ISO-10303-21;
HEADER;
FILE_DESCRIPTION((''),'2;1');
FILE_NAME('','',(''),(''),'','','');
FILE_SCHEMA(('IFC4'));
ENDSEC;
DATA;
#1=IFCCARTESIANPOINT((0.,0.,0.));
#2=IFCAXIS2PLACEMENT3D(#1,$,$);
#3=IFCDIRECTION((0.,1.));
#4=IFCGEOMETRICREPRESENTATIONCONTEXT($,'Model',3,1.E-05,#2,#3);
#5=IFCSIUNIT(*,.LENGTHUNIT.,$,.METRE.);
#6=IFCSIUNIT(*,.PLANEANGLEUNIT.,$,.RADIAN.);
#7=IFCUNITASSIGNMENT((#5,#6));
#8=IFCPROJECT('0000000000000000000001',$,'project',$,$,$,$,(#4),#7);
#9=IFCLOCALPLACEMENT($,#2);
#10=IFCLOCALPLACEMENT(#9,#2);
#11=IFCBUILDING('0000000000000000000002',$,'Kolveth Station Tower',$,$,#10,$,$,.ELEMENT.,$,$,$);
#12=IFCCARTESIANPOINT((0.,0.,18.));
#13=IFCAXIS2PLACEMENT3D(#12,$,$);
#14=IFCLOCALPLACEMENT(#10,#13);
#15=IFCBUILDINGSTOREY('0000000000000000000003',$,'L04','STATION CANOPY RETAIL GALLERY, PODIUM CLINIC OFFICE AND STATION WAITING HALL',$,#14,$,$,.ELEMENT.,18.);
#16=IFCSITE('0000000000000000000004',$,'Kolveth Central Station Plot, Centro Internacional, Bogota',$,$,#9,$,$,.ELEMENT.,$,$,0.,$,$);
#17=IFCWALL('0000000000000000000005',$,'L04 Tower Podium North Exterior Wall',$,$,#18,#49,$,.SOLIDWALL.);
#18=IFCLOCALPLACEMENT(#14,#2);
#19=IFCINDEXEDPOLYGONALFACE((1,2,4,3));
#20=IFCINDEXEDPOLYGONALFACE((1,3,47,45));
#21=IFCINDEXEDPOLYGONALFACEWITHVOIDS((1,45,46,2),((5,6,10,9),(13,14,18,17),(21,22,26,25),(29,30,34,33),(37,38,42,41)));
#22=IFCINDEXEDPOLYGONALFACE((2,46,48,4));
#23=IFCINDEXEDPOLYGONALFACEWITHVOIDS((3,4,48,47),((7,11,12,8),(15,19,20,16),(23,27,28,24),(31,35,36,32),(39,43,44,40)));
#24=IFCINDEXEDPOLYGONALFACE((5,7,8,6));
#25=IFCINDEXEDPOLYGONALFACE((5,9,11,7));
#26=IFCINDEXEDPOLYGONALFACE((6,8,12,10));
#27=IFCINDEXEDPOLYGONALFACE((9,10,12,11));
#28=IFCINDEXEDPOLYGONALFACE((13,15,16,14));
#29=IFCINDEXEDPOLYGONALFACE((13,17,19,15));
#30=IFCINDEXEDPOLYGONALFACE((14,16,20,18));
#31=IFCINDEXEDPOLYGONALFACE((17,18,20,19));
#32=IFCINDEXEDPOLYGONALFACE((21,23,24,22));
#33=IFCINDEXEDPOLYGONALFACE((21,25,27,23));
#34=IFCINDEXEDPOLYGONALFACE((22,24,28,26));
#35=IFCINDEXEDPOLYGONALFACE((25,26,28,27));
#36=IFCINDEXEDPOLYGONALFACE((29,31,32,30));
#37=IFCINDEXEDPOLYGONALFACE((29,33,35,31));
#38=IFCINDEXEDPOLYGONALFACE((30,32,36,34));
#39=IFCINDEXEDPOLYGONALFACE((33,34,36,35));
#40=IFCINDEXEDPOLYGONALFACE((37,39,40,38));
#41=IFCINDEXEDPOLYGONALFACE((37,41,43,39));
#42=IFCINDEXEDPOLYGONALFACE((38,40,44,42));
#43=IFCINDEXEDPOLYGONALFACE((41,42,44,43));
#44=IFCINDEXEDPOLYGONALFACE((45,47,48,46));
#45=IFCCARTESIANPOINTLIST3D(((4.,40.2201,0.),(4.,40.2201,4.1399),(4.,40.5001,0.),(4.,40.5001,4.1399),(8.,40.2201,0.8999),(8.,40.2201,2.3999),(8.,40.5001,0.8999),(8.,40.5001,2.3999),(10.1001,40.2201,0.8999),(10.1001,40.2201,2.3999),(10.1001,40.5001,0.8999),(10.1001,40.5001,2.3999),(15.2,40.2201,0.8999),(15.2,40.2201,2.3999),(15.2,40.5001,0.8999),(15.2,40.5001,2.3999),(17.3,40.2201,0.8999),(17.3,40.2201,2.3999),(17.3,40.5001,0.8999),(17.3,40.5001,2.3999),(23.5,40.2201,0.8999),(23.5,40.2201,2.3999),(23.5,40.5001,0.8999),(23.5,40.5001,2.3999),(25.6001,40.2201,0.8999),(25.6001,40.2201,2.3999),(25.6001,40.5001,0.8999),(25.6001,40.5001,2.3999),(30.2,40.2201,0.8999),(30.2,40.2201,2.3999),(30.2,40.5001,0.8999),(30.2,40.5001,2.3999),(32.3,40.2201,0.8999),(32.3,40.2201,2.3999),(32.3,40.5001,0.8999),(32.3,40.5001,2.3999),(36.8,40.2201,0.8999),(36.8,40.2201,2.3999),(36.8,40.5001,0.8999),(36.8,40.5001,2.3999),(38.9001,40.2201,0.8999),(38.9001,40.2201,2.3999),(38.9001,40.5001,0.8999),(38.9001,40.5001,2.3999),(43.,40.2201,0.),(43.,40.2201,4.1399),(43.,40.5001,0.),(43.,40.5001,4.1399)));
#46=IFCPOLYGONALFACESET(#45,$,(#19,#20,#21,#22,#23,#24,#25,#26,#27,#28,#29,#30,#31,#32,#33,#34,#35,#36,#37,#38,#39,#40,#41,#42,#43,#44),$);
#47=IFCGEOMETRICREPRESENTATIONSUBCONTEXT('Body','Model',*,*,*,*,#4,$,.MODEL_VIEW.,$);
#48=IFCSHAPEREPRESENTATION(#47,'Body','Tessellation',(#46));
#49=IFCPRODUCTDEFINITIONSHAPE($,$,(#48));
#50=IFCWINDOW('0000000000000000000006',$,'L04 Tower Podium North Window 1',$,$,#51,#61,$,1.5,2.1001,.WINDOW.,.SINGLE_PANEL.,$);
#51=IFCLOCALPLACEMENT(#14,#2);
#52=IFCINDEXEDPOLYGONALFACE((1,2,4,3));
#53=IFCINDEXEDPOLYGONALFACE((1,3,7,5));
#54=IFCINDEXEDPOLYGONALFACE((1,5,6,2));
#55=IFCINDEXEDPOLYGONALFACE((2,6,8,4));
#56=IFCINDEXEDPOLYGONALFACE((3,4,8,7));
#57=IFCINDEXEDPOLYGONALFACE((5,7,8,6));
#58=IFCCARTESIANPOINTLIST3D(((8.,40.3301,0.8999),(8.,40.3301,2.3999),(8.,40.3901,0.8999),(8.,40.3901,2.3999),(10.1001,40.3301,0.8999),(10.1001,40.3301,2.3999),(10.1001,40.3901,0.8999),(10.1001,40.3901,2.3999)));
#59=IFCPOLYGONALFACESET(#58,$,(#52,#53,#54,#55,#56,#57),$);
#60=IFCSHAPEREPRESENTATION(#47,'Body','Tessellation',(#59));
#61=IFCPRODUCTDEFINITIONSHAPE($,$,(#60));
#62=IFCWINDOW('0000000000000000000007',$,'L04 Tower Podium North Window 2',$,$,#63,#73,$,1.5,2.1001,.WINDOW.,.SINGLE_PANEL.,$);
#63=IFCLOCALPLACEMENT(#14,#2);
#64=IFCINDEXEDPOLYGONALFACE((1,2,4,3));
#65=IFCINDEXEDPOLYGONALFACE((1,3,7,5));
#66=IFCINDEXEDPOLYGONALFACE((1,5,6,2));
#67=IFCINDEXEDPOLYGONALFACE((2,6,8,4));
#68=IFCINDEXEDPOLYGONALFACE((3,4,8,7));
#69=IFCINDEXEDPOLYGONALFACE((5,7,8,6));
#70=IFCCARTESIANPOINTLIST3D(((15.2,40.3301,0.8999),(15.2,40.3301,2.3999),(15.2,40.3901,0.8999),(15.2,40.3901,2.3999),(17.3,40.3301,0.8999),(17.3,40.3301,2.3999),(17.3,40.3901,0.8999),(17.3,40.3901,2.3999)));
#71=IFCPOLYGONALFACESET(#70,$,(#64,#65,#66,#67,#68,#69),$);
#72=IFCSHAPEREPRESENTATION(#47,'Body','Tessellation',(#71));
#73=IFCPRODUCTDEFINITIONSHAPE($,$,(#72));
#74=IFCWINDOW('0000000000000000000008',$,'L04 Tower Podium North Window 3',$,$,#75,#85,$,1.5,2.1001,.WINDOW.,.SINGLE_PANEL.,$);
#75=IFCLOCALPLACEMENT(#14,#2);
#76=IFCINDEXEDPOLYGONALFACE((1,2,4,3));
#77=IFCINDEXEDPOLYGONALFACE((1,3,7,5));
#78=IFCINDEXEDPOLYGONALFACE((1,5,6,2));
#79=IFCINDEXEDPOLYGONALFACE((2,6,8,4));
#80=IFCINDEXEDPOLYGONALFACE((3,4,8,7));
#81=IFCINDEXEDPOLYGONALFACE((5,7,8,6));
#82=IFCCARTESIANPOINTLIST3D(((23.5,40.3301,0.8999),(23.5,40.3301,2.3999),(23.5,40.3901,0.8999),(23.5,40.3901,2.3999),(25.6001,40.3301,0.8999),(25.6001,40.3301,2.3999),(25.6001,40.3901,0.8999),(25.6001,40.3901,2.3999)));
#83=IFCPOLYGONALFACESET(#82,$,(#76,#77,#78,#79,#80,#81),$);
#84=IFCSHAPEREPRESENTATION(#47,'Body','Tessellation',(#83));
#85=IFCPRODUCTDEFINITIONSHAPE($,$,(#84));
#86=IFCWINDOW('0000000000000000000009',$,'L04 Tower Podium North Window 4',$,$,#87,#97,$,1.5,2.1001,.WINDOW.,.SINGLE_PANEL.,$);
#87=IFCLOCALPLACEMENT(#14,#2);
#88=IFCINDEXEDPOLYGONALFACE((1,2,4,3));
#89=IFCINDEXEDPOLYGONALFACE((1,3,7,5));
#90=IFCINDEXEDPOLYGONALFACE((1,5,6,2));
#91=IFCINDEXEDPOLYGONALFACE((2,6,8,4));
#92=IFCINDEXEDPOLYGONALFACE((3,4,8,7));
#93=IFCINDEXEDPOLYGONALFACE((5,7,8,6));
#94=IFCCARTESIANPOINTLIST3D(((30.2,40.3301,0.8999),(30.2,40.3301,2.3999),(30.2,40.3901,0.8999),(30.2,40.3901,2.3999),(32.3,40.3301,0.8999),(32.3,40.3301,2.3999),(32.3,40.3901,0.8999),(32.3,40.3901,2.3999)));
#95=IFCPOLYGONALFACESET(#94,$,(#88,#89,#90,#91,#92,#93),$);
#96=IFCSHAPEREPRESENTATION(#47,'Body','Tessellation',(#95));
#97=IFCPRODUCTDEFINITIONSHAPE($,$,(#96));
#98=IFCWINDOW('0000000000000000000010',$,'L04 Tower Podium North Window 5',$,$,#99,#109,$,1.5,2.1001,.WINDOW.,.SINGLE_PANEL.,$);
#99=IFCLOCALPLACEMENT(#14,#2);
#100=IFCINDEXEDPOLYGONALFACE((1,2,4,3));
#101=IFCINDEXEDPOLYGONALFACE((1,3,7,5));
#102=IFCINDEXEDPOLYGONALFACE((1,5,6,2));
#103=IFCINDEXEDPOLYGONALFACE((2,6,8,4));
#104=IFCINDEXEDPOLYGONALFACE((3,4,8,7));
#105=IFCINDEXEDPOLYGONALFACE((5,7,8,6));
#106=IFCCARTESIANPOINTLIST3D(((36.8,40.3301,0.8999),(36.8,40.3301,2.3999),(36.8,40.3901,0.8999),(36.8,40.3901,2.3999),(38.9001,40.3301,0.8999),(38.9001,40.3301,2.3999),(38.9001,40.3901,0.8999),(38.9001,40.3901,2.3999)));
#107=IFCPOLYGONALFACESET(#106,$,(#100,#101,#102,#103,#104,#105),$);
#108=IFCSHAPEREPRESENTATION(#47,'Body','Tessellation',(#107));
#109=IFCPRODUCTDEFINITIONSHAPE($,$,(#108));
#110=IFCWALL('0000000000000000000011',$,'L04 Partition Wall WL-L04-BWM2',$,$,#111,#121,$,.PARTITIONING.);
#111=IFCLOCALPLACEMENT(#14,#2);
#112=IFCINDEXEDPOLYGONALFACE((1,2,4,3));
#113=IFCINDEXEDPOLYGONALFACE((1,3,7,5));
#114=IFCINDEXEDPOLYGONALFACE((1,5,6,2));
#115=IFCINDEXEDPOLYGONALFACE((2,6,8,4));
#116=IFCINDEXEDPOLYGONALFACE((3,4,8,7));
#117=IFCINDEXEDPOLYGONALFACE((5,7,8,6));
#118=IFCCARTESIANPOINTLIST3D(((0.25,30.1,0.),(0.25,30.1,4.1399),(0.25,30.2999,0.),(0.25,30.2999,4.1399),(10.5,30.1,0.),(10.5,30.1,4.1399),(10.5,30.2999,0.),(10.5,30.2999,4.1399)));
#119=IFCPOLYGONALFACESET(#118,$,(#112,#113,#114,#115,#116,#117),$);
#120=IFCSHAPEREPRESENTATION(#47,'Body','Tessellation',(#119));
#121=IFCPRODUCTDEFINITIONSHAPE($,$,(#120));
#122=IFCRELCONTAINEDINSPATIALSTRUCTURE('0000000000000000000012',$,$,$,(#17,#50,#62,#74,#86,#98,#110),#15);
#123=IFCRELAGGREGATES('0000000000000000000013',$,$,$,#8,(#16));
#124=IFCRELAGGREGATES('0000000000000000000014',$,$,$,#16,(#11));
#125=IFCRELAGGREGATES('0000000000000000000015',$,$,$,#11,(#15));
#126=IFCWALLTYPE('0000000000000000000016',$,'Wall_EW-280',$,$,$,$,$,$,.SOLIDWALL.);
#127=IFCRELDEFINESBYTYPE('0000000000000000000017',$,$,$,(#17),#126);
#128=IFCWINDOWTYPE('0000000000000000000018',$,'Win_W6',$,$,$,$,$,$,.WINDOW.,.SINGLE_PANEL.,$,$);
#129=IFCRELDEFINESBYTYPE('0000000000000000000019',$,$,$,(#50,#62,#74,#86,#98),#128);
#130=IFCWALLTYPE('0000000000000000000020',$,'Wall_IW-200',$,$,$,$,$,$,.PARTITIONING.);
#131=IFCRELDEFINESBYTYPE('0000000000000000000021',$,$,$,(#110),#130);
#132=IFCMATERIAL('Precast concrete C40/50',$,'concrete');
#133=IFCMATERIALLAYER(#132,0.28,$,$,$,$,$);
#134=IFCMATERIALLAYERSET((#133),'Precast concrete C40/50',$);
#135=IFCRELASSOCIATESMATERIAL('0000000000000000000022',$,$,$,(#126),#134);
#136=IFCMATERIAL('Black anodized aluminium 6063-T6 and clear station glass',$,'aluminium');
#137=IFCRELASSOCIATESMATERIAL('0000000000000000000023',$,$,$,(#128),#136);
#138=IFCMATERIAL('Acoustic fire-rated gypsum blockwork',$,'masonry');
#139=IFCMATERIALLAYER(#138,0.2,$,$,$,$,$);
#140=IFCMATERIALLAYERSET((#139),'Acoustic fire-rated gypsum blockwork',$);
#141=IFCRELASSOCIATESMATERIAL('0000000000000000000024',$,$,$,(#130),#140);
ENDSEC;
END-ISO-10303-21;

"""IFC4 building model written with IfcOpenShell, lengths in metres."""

from ifc_helpers import new_model, si_unit, direction, frame, frame_2d, origin, place, context, subcontext, project, spatial, rectangle, extrude, material, layer, layer_set, type_object, element, fill, save


model = new_model("IFC4")

# Units and contexts
model_context = context("Model", 3, precision=1e-05, world=origin(), true_north=direction((0.0, 1.0)))
body_context = subcontext(model_context, "Body", "Model", "MODEL_VIEW")
ifc_project = project(units=[si_unit("LENGTHUNIT", "METRE"), si_unit("PLANEANGLEUNIT", "RADIAN")], contexts=[model_context])

# Site, building, storey
site_placement = place(None, origin())
site = spatial("IfcSite", under=ifc_project, at=site_placement, Name="Kolveth Central Station Plot, Centro Internacional, Bogota", CompositionType="ELEMENT", RefElevation=0.0)
building_placement = place(site_placement, origin())
building = spatial("IfcBuilding", under=site, at=building_placement, Name="Kolveth Station Tower", CompositionType="ELEMENT")
storey_placement = place(building_placement, frame((0.0, 0.0, 18.0)))
storey = spatial("IfcBuildingStorey", under=building, at=storey_placement, Name="L04", Description="STATION CANOPY RETAIL GALLERY, PODIUM CLINIC OFFICE AND STATION WAITING HALL", CompositionType="ELEMENT", Elevation=18.0)

# Shared definitions
ifc_material_1 = material(Name="Precast concrete C40/50", Category="concrete")

# Wall, openings, windows
ifc_layer_1 = layer(ifc_material_1, 0.28)
ifc_layer_set_1 = layer_set([ifc_layer_1], Name="Precast concrete C40/50")
wall_type_1 = type_object("IfcWallType", Name="Wall_EW-280", PredefinedType="SOLIDWALL", material=ifc_layer_set_1)
wall_1_placement = place(storey_placement, frame((4.0, 40.3601, 0.0), z_axis=(0.0, 0.0, 1.0), x_axis=(1.0, 0.0, 0.0)))
wall_1 = element("IfcWall", 1, at=wall_1_placement, inside=storey, type_object=wall_type_1, Name="L04 Tower Podium North Exterior Wall", PredefinedType="SOLIDWALL", context=body_context, shape_type="SweptSolid", body=[
    extrude(rectangle(XDim=39.0, YDim=0.28, at=frame_2d((19.5, 0.0))), origin(), (0.0, 0.0, 1.0), 4.1399),
])
opening_1_placement = place(wall_1_placement, frame((4.0, 0.0, 0.8999)))
opening_1 = element("IfcOpeningElement", 2, at=opening_1_placement, cuts=wall_1, PredefinedType="OPENING", context=body_context, shape_type="SweptSolid", body=[
    extrude(rectangle(XDim=2.1001, YDim=1.5, at=frame_2d((1.05, 0.75))), frame((0.0, 0.1499, 0.0), z_axis=(0.0, -1.0, 0.0), x_axis=(1.0, 0.0, 0.0)), (0.0, 0.0, 1.0), 0.3),
])
opening_2_placement = place(wall_1_placement, frame((11.2, 0.0, 0.8999)))
opening_2 = element("IfcOpeningElement", 3, at=opening_2_placement, cuts=wall_1, PredefinedType="OPENING", context=body_context, shape_type="SweptSolid", body=[
    extrude(rectangle(XDim=2.1001, YDim=1.5, at=frame_2d((1.05, 0.75))), frame((0.0, 0.1499, 0.0), z_axis=(0.0, -1.0, 0.0), x_axis=(1.0, 0.0, 0.0)), (0.0, 0.0, 1.0), 0.3),
])
opening_3_placement = place(wall_1_placement, frame((19.5, 0.0, 0.8999)))
opening_3 = element("IfcOpeningElement", 4, at=opening_3_placement, cuts=wall_1, PredefinedType="OPENING", context=body_context, shape_type="SweptSolid", body=[
    extrude(rectangle(XDim=2.1001, YDim=1.5, at=frame_2d((1.05, 0.75))), frame((0.0, 0.1499, 0.0), z_axis=(0.0, -1.0, 0.0), x_axis=(1.0, 0.0, 0.0)), (0.0, 0.0, 1.0), 0.3),
])
opening_4_placement = place(wall_1_placement, frame((26.2, 0.0, 0.8999)))
opening_4 = element("IfcOpeningElement", 5, at=opening_4_placement, cuts=wall_1, PredefinedType="OPENING", context=body_context, shape_type="SweptSolid", body=[
    extrude(rectangle(XDim=2.1001, YDim=1.5, at=frame_2d((1.05, 0.75))), frame((0.0, 0.1499, 0.0), z_axis=(0.0, -1.0, 0.0), x_axis=(1.0, 0.0, 0.0)), (0.0, 0.0, 1.0), 0.3),
])
opening_5_placement = place(wall_1_placement, frame((32.8, 0.0, 0.8999)))
opening_5 = element("IfcOpeningElement", 6, at=opening_5_placement, cuts=wall_1, PredefinedType="OPENING", context=body_context, shape_type="SweptSolid", body=[
    extrude(rectangle(XDim=2.1001, YDim=1.5, at=frame_2d((1.05, 0.75))), frame((0.0, 0.1499, 0.0), z_axis=(0.0, -1.0, 0.0), x_axis=(1.0, 0.0, 0.0)), (0.0, 0.0, 1.0), 0.3),
])
ifc_material_2 = material(Name="Black anodized aluminium 6063-T6 and clear station glass", Category="aluminium")
window_type = type_object("IfcWindowType", Name="Win_W6", PartitioningType="SINGLE_PANEL", PredefinedType="WINDOW", material=ifc_material_2)
window_1_placement = place(opening_1_placement, origin())
window_1 = element("IfcWindow", 7, at=window_1_placement, inside=storey, type_object=window_type, Name="L04 Tower Podium North Window 1", OverallHeight=1.5, OverallWidth=2.1001, PartitioningType="SINGLE_PANEL", PredefinedType="WINDOW", context=body_context, shape_type="SweptSolid", body=[
    extrude(rectangle(XDim=2.1001, YDim=1.5, at=frame_2d((1.05, 0.75))), frame((0.0, 0.03, 0.0), z_axis=(0.0, -1.0, 0.0), x_axis=(1.0, 0.0, 0.0)), (0.0, 0.0, 1.0), 0.0601),
])
fill(opening_1, window_1)
window_2_placement = place(opening_2_placement, origin())
window_2 = element("IfcWindow", 8, at=window_2_placement, inside=storey, type_object=window_type, Name="L04 Tower Podium North Window 2", OverallHeight=1.5, OverallWidth=2.1001, PartitioningType="SINGLE_PANEL", PredefinedType="WINDOW", context=body_context, shape_type="SweptSolid", body=[
    extrude(rectangle(XDim=2.1001, YDim=1.5, at=frame_2d((1.05, 0.75))), frame((0.0, 0.03, 0.0), z_axis=(0.0, -1.0, 0.0), x_axis=(1.0, 0.0, 0.0)), (0.0, 0.0, 1.0), 0.0601),
])
fill(opening_2, window_2)
window_3_placement = place(opening_3_placement, origin())
window_3 = element("IfcWindow", 9, at=window_3_placement, inside=storey, type_object=window_type, Name="L04 Tower Podium North Window 3", OverallHeight=1.5, OverallWidth=2.1001, PartitioningType="SINGLE_PANEL", PredefinedType="WINDOW", context=body_context, shape_type="SweptSolid", body=[
    extrude(rectangle(XDim=2.1001, YDim=1.5, at=frame_2d((1.05, 0.75))), frame((0.0, 0.03, 0.0), z_axis=(0.0, -1.0, 0.0), x_axis=(1.0, 0.0, 0.0)), (0.0, 0.0, 1.0), 0.0601),
])
fill(opening_3, window_3)
window_4_placement = place(opening_4_placement, origin())
window_4 = element("IfcWindow", 10, at=window_4_placement, inside=storey, type_object=window_type, Name="L04 Tower Podium North Window 4", OverallHeight=1.5, OverallWidth=2.1001, PartitioningType="SINGLE_PANEL", PredefinedType="WINDOW", context=body_context, shape_type="SweptSolid", body=[
    extrude(rectangle(XDim=2.1001, YDim=1.5, at=frame_2d((1.05, 0.75))), frame((0.0, 0.03, 0.0), z_axis=(0.0, -1.0, 0.0), x_axis=(1.0, 0.0, 0.0)), (0.0, 0.0, 1.0), 0.0601),
])
fill(opening_4, window_4)
window_5_placement = place(opening_5_placement, origin())
window_5 = element("IfcWindow", 11, at=window_5_placement, inside=storey, type_object=window_type, Name="L04 Tower Podium North Window 5", OverallHeight=1.5, OverallWidth=2.1001, PartitioningType="SINGLE_PANEL", PredefinedType="WINDOW", context=body_context, shape_type="SweptSolid", body=[
    extrude(rectangle(XDim=2.1001, YDim=1.5, at=frame_2d((1.05, 0.75))), frame((0.0, 0.03, 0.0), z_axis=(0.0, -1.0, 0.0), x_axis=(1.0, 0.0, 0.0)), (0.0, 0.0, 1.0), 0.0601),
])
fill(opening_5, window_5)

# Wall
ifc_material_3 = material(Name="Acoustic fire-rated gypsum blockwork", Category="masonry")
ifc_layer_2 = layer(ifc_material_3, 0.2)
ifc_layer_set_2 = layer_set([ifc_layer_2], Name="Acoustic fire-rated gypsum blockwork")
wall_type_2 = type_object("IfcWallType", Name="Wall_IW-200", PredefinedType="PARTITIONING", material=ifc_layer_set_2)
wall_2_placement = place(storey_placement, frame((0.25, 30.2, 0.0), z_axis=(0.0, 0.0, 1.0), x_axis=(1.0, 0.0, 0.0)))
element("IfcWall", 12, at=wall_2_placement, inside=storey, type_object=wall_type_2, Name="L04 Partition Wall WL-L04-BWM2", PredefinedType="PARTITIONING", context=body_context, shape_type="SweptSolid", body=[
    extrude(rectangle(XDim=10.25, YDim=0.2, at=frame_2d((5.125, 0.0))), origin(), (0.0, 0.0, 1.0), 4.1399),
])

save(model, "model.ifc")
